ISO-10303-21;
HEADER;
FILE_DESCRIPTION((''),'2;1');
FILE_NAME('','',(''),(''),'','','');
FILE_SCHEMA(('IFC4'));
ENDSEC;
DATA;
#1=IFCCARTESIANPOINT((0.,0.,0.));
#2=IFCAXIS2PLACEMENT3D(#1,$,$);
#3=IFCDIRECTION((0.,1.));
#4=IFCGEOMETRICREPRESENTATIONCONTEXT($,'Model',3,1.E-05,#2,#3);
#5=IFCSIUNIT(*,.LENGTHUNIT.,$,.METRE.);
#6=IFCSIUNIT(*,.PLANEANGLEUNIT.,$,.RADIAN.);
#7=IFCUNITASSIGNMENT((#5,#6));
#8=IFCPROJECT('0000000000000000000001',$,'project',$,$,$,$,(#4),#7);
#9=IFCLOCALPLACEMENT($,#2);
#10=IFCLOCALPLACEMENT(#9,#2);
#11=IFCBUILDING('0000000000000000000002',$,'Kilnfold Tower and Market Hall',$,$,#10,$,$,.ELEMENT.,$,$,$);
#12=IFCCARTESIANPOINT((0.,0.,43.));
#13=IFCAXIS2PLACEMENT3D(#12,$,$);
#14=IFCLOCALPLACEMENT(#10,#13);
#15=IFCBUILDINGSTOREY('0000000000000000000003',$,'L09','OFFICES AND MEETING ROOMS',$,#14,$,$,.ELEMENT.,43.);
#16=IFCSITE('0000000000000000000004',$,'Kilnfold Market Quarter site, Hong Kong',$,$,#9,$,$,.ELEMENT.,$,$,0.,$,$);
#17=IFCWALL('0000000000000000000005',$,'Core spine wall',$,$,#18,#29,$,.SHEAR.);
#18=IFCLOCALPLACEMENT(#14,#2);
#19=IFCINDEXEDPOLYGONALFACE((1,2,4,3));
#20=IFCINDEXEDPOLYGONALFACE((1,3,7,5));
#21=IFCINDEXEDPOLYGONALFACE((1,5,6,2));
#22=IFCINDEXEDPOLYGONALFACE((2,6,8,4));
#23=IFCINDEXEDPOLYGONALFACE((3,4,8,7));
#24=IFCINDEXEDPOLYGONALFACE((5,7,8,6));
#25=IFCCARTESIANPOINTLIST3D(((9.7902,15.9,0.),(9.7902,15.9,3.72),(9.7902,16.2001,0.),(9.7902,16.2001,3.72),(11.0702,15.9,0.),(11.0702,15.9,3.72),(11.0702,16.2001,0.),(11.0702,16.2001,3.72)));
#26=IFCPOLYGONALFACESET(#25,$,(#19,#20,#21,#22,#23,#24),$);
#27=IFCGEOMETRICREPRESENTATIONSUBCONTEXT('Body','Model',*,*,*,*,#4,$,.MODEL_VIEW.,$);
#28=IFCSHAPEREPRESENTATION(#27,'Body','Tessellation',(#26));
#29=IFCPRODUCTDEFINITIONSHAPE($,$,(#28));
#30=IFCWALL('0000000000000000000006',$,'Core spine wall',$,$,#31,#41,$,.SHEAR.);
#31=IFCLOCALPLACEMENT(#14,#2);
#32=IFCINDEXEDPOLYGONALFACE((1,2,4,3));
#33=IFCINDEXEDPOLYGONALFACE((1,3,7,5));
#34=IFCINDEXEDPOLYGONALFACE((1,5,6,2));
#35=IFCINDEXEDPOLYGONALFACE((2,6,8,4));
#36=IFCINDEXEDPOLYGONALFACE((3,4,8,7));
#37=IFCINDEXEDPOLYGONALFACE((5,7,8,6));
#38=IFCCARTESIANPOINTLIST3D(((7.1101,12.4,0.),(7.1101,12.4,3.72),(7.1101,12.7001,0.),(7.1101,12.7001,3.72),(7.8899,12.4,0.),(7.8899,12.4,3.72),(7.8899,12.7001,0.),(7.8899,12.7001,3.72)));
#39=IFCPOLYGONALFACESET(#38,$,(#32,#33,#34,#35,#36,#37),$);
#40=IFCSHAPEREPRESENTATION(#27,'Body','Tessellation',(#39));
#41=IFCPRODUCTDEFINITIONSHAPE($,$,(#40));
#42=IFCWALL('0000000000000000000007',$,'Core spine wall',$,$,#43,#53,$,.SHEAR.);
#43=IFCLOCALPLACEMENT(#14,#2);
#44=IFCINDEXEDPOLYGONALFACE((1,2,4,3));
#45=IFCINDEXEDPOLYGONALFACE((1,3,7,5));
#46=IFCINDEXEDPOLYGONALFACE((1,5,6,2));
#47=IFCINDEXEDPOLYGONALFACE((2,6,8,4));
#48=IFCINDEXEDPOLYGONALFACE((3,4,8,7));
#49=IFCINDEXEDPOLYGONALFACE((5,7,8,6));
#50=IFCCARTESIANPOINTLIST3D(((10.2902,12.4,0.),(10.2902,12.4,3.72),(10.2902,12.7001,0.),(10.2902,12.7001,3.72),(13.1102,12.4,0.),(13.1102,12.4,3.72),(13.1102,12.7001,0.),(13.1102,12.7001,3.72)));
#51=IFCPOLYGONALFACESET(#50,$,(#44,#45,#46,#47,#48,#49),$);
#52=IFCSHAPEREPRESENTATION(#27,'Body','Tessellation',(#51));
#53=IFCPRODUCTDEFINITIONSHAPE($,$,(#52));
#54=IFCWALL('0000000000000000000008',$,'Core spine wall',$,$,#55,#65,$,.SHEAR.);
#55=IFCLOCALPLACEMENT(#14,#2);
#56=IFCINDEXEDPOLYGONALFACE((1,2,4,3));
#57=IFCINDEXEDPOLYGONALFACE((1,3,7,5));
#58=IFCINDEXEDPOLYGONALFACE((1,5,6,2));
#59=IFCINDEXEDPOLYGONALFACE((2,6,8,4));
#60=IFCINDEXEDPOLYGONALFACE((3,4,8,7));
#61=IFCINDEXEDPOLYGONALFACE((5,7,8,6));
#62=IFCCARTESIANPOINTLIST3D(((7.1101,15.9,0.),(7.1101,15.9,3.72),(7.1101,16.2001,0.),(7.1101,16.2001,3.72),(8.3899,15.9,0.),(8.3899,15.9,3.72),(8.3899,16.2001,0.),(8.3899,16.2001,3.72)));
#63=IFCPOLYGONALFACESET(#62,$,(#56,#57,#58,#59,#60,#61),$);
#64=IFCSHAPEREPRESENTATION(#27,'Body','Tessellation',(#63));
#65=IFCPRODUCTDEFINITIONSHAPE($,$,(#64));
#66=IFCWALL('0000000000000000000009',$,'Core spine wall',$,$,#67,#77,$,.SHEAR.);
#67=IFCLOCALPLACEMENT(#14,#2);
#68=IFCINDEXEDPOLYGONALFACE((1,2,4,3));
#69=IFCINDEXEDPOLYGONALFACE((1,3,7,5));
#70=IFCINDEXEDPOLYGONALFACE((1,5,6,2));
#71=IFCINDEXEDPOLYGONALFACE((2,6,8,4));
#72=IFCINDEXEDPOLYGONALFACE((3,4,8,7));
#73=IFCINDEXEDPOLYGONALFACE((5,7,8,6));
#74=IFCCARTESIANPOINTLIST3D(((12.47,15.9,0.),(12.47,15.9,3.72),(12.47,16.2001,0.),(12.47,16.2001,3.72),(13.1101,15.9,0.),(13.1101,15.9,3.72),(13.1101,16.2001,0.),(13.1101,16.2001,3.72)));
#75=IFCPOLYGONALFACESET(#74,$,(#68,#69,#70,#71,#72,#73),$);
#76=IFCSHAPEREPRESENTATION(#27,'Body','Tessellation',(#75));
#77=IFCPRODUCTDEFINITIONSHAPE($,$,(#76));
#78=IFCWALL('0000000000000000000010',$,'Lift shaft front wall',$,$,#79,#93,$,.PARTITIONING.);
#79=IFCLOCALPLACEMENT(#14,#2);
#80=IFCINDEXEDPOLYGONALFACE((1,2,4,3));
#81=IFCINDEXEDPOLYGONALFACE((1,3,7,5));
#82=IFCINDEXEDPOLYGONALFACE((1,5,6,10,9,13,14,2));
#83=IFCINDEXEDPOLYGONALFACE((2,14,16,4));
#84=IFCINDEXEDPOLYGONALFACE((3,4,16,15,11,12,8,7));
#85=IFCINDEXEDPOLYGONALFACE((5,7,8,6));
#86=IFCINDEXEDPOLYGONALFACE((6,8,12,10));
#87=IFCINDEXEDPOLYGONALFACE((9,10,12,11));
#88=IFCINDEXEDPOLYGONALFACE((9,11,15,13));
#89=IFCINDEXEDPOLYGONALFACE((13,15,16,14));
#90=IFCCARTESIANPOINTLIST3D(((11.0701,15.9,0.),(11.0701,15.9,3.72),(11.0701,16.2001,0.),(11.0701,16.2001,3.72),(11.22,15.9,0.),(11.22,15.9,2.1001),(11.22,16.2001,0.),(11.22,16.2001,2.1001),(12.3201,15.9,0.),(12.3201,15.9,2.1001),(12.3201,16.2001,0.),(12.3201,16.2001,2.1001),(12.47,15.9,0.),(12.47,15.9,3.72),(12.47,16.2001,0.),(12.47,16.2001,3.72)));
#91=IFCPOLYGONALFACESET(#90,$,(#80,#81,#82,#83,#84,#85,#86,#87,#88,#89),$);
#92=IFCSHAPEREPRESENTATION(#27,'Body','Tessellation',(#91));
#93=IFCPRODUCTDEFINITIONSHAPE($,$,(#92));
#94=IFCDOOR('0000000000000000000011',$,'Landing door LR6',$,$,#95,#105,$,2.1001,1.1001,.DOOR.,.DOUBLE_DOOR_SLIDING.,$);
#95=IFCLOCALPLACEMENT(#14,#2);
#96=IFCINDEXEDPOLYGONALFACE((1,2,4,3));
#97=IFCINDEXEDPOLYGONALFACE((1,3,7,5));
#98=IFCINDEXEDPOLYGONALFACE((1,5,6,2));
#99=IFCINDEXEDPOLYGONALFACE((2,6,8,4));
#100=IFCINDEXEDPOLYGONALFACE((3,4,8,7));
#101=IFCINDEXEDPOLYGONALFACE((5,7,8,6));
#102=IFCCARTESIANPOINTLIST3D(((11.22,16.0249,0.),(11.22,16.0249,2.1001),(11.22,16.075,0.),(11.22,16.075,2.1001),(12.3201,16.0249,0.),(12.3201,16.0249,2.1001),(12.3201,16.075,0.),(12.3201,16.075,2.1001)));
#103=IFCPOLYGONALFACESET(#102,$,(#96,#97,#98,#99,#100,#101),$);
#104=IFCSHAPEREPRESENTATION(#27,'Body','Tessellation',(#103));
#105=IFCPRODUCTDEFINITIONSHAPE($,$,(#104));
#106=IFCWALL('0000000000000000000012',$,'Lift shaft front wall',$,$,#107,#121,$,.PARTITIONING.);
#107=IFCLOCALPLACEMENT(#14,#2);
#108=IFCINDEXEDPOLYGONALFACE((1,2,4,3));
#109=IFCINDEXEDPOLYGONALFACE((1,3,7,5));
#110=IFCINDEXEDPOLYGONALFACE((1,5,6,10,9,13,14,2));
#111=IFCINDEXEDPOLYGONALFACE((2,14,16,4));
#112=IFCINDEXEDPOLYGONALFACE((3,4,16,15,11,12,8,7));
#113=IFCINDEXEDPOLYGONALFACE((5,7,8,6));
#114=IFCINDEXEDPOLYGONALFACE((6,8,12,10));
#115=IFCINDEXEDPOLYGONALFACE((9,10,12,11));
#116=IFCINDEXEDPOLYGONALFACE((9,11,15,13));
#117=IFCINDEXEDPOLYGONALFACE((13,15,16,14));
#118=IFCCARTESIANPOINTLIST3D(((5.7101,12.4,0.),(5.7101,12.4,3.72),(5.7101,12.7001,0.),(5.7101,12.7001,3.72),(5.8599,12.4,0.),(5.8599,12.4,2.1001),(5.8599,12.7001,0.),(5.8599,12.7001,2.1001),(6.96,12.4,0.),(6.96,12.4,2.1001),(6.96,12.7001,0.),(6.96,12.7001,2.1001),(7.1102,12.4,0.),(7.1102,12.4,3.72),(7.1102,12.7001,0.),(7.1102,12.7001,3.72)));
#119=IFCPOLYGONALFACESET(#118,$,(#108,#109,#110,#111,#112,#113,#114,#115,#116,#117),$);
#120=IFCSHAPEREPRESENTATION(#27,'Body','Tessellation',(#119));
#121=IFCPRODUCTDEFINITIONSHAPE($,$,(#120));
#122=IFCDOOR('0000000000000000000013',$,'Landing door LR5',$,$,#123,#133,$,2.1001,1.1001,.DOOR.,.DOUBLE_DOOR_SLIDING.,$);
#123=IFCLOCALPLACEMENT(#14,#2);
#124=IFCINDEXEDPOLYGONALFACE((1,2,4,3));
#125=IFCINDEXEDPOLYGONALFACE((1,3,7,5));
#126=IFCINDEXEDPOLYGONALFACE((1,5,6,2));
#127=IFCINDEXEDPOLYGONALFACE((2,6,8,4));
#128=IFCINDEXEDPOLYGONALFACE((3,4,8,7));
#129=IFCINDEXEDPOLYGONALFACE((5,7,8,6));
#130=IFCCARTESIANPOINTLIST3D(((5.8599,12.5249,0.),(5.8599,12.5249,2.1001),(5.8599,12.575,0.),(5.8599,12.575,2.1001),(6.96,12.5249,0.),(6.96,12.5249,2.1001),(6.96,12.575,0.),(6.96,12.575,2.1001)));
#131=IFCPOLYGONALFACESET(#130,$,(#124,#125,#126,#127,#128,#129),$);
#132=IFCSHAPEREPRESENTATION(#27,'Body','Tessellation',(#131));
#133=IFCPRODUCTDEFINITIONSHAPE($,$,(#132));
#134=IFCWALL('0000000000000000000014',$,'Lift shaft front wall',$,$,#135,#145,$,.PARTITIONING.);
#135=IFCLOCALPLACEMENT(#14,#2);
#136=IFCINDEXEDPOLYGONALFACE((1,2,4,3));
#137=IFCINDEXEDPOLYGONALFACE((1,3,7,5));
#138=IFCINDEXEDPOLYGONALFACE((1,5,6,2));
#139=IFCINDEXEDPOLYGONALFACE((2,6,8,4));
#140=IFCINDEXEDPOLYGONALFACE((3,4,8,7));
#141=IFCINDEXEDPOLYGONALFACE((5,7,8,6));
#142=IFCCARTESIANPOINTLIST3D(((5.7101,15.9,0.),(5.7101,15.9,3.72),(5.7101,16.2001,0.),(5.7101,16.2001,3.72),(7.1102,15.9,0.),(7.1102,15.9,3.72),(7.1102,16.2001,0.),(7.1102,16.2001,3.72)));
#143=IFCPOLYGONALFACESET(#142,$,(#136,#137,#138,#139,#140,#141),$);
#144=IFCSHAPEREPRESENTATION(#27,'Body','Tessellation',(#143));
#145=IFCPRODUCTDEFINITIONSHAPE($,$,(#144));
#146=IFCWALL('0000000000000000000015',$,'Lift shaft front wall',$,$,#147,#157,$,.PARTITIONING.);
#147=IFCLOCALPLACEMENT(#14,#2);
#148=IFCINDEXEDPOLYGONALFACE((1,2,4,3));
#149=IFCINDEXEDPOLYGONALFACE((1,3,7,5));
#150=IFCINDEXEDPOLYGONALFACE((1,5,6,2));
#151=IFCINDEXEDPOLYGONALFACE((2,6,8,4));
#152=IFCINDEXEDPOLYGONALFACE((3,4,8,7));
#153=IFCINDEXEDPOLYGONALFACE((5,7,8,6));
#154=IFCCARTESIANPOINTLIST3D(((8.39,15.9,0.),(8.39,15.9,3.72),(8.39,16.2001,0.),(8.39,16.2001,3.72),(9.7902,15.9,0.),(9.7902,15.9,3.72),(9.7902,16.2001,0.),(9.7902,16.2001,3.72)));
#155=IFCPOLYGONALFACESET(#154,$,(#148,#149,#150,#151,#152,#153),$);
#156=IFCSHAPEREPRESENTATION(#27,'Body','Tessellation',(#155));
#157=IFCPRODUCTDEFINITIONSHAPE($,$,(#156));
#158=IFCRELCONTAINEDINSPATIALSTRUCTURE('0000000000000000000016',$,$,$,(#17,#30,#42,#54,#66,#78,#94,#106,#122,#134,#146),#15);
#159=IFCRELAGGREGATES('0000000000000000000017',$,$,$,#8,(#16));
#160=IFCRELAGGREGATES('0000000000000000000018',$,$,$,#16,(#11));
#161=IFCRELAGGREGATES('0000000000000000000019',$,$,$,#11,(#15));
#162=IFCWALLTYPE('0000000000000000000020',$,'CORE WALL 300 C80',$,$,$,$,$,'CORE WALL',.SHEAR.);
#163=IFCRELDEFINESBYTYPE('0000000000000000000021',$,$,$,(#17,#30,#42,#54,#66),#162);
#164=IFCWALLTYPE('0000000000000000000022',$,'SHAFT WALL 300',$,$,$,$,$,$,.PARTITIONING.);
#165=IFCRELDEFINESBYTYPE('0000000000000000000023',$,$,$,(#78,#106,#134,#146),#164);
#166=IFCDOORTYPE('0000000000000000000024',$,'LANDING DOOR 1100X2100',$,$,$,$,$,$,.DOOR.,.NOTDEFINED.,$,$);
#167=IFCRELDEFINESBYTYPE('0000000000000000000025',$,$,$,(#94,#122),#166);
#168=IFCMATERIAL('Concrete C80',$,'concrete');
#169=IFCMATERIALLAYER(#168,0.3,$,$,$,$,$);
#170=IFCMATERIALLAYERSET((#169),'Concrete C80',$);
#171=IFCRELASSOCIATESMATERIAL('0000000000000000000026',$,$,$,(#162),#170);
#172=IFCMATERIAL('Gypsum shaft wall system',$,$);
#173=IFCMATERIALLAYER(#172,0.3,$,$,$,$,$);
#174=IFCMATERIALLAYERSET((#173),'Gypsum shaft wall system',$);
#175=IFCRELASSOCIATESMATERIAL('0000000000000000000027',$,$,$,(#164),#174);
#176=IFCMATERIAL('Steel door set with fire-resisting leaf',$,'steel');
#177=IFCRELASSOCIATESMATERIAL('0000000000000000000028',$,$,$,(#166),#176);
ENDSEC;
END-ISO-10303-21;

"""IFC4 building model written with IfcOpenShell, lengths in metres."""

from ifc_helpers import new_model, si_unit, direction, frame, frame_2d, origin, place, context, subcontext, project, spatial, rectangle, extrude, source, transform, mapped, material, layer, layer_set, type_object, element, fill, save


model = new_model("IFC4")

# Units and contexts
model_context = context("Model", 3, precision=1e-05, world=origin(), true_north=direction((0.0, 1.0)))
body_context = subcontext(model_context, "Body", "Model", "MODEL_VIEW")
ifc_project = project(units=[si_unit("LENGTHUNIT", "METRE"), si_unit("PLANEANGLEUNIT", "RADIAN")], contexts=[model_context])

# Site, building, storey
site_placement = place(None, origin())
site = spatial("IfcSite", under=ifc_project, at=site_placement, Name="Kilnfold Market Quarter site, Hong Kong", CompositionType="ELEMENT", RefElevation=0.0)
building_placement = place(site_placement, origin())
building = spatial("IfcBuilding", under=site, at=building_placement, Name="Kilnfold Tower and Market Hall", CompositionType="ELEMENT")
storey_placement = place(building_placement, frame((0.0, 0.0, 43.0)))
storey = spatial("IfcBuildingStorey", under=building, at=storey_placement, Name="L09", Description="OFFICES AND MEETING ROOMS", CompositionType="ELEMENT", Elevation=43.0)

# Walls
ifc_material_1 = material(Name="Concrete C80", Category="concrete")
ifc_layer_1 = layer(ifc_material_1, 0.3)
ifc_layer_set_1 = layer_set([ifc_layer_1], Name="Concrete C80")
wall_type_1 = type_object("IfcWallType", Name="CORE WALL 300 C80", ElementType="CORE WALL", PredefinedType="SHEAR", material=ifc_layer_set_1)
shared_shape_1 = source(origin(), body_context, "Body", "SweptSolid", [
    extrude(rectangle(XDim=1.28, YDim=0.3, at=frame_2d((0.6401, 0.0))), origin(), (0.0, 0.0, 1.0), 3.72),
])
wall_1_placement = place(storey_placement, frame((9.79, 16.05, 0.0), z_axis=(0.0, 0.0, 1.0), x_axis=(1.0, 0.0, 0.0)))
element("IfcWall", 1, at=wall_1_placement, inside=storey, type_object=wall_type_1, Name="Core spine wall", PredefinedType="SHEAR", context=body_context, shape_type="MappedRepresentation", body=[
    mapped(shared_shape_1, transform((0.0, 0.0, 0.0))),
])
shared_shape_2 = source(origin(), body_context, "Body", "SweptSolid", [
    extrude(rectangle(XDim=0.7798, YDim=0.3, at=frame_2d((0.3899, 0.0))), origin(), (0.0, 0.0, 1.0), 3.72),
])
wall_2_placement = place(storey_placement, frame((7.1101, 12.55, 0.0), z_axis=(0.0, 0.0, 1.0), x_axis=(1.0, 0.0, 0.0)))
element("IfcWall", 2, at=wall_2_placement, inside=storey, type_object=wall_type_1, Name="Core spine wall", PredefinedType="SHEAR", context=body_context, shape_type="MappedRepresentation", body=[
    mapped(shared_shape_2, transform((0.0, 0.0, 0.0))),
])
shared_shape_3 = source(origin(), body_context, "Body", "SweptSolid", [
    extrude(rectangle(XDim=2.8201, YDim=0.3, at=frame_2d((1.4102, 0.0))), origin(), (0.0, 0.0, 1.0), 3.72),
])
wall_3_placement = place(storey_placement, frame((10.29, 12.55, 0.0), z_axis=(0.0, 0.0, 1.0), x_axis=(1.0, 0.0, 0.0)))
element("IfcWall", 3, at=wall_3_placement, inside=storey, type_object=wall_type_1, Name="Core spine wall", PredefinedType="SHEAR", context=body_context, shape_type="MappedRepresentation", body=[
    mapped(shared_shape_3, transform((0.0, 0.0, 0.0))),
])
shared_shape_4 = source(origin(), body_context, "Body", "SweptSolid", [
    extrude(rectangle(XDim=1.2798, YDim=0.3, at=frame_2d((0.6399, 0.0))), origin(), (0.0, 0.0, 1.0), 3.72),
])
wall_4_placement = place(storey_placement, frame((7.1101, 16.05, 0.0), z_axis=(0.0, 0.0, 1.0), x_axis=(1.0, 0.0, 0.0)))
element("IfcWall", 4, at=wall_4_placement, inside=storey, type_object=wall_type_1, Name="Core spine wall", PredefinedType="SHEAR", context=body_context, shape_type="MappedRepresentation", body=[
    mapped(shared_shape_4, transform((0.0, 0.0, 0.0))),
])
shared_shape_5 = source(origin(), body_context, "Body", "SweptSolid", [
    extrude(rectangle(XDim=0.6401, YDim=0.3, at=frame_2d((0.3201, 0.0))), origin(), (0.0, 0.0, 1.0), 3.72),
])
wall_5_placement = place(storey_placement, frame((12.47, 16.05, 0.0), z_axis=(0.0, 0.0, 1.0), x_axis=(1.0, 0.0, 0.0)))
element("IfcWall", 5, at=wall_5_placement, inside=storey, type_object=wall_type_1, Name="Core spine wall", PredefinedType="SHEAR", context=body_context, shape_type="MappedRepresentation", body=[
    mapped(shared_shape_5, transform((0.0, 0.0, 0.0))),
])

# Walls, openings, doors
ifc_material_2 = material(Name="Gypsum shaft wall system")
ifc_layer_2 = layer(ifc_material_2, 0.3)
ifc_layer_set_2 = layer_set([ifc_layer_2], Name="Gypsum shaft wall system")
wall_type_2 = type_object("IfcWallType", Name="SHAFT WALL 300", PredefinedType="PARTITIONING", material=ifc_layer_set_2)
shared_shape_6 = source(origin(), body_context, "Body", "SweptSolid", [
    extrude(rectangle(XDim=1.3999, YDim=0.3, at=frame_2d((0.7, 0.0))), origin(), (0.0, 0.0, 1.0), 3.72),
])
wall_6_placement = place(storey_placement, frame((11.0701, 16.05, 0.0), z_axis=(0.0, 0.0, 1.0), x_axis=(1.0, 0.0, 0.0)))
wall_6 = element("IfcWall", 6, at=wall_6_placement, inside=storey, type_object=wall_type_2, Name="Lift shaft front wall", PredefinedType="PARTITIONING", context=body_context, shape_type="MappedRepresentation", body=[
    mapped(shared_shape_6, transform((0.0, 0.0, 0.0))),
])
opening_1_placement = place(wall_6_placement, frame((0.1499, 0.0, 0.0)))
opening_1 = element("IfcOpeningElement", 7, at=opening_1_placement, cuts=wall_6, PredefinedType="OPENING", context=body_context, shape_type="SweptSolid", body=[
    extrude(rectangle(XDim=1.1001, YDim=2.1001, at=frame_2d((0.55, 1.05))), frame((0.0, 0.1602, 0.0), z_axis=(0.0, -1.0, 0.0), x_axis=(1.0, 0.0, 0.0)), (0.0, 0.0, 1.0), 0.3201),
])
ifc_material_3 = material(Name="Steel door set with fire-resisting leaf", Category="steel")
door_type_1 = type_object("IfcDoorType", Name="LANDING DOOR 1100X2100", OperationType="NOTDEFINED", PredefinedType="DOOR", material=ifc_material_3)
door_1_placement = place(opening_1_placement, origin())
door_1 = element("IfcDoor", 8, at=door_1_placement, inside=storey, type_object=door_type_1, Name="Landing door LR6", OperationType="DOUBLE_DOOR_SLIDING", OverallHeight=2.1001, OverallWidth=1.1001, PredefinedType="DOOR", context=body_context, shape_type="SweptSolid", body=[
    extrude(rectangle(XDim=1.1001, YDim=2.1001, at=frame_2d((0.55, 1.05))), frame((0.0, 0.0249, 0.0), z_axis=(0.0, -1.0, 0.0), x_axis=(1.0, 0.0, 0.0)), (0.0, 0.0, 1.0), 0.05),
])
fill(opening_1, door_1)
shared_shape_7 = source(origin(), body_context, "Body", "SweptSolid", [
    extrude(rectangle(XDim=1.4001, YDim=0.3, at=frame_2d((0.7002, 0.0))), origin(), (0.0, 0.0, 1.0), 3.72),
])
wall_7_placement = place(storey_placement, frame((5.71, 12.55, 0.0), z_axis=(0.0, 0.0, 1.0), x_axis=(1.0, 0.0, 0.0)))
wall_7 = element("IfcWall", 9, at=wall_7_placement, inside=storey, type_object=wall_type_2, Name="Lift shaft front wall", PredefinedType="PARTITIONING", context=body_context, shape_type="MappedRepresentation", body=[
    mapped(shared_shape_7, transform((0.0, 0.0, 0.0))),
])
opening_2_placement = place(wall_7_placement, frame((0.1499, 0.0, 0.0)))
opening_2 = element("IfcOpeningElement", 10, at=opening_2_placement, cuts=wall_7, PredefinedType="OPENING", context=body_context, shape_type="SweptSolid", body=[
    extrude(rectangle(XDim=1.1001, YDim=2.1001, at=frame_2d((0.55, 1.05))), frame((0.0, 0.1602, 0.0), z_axis=(0.0, -1.0, 0.0), x_axis=(1.0, 0.0, 0.0)), (0.0, 0.0, 1.0), 0.3201),
])
door_2_placement = place(opening_2_placement, origin())
door_2 = element("IfcDoor", 11, at=door_2_placement, inside=storey, type_object=door_type_1, Name="Landing door LR5", OperationType="DOUBLE_DOOR_SLIDING", OverallHeight=2.1001, OverallWidth=1.1001, PredefinedType="DOOR", context=body_context, shape_type="SweptSolid", body=[
    extrude(rectangle(XDim=1.1001, YDim=2.1001, at=frame_2d((0.55, 1.05))), frame((0.0, 0.0249, 0.0), z_axis=(0.0, -1.0, 0.0), x_axis=(1.0, 0.0, 0.0)), (0.0, 0.0, 1.0), 0.05),
])
fill(opening_2, door_2)

# Walls
for number, where, z_axis, x_axis, name in (
    (12, (5.71, 16.05, 0.0), (0.0, 0.0, 1.0), (1.0, 0.0, 0.0), "Lift shaft front wall"),
    (13, (8.3899, 16.05, 0.0), (0.0, 0.0, 1.0), (1.0, 0.0, 0.0), "Lift shaft front wall"),
):
    element("IfcWall", number, at=place(storey_placement, frame(where, z_axis=z_axis, x_axis=x_axis)), inside=storey, type_object=wall_type_2, Name=name, PredefinedType="PARTITIONING", context=body_context, shape_type="MappedRepresentation", body=[
        mapped(shared_shape_7, transform((0.0, 0.0, 0.0))),
    ])

save(model, "model.ifc")
